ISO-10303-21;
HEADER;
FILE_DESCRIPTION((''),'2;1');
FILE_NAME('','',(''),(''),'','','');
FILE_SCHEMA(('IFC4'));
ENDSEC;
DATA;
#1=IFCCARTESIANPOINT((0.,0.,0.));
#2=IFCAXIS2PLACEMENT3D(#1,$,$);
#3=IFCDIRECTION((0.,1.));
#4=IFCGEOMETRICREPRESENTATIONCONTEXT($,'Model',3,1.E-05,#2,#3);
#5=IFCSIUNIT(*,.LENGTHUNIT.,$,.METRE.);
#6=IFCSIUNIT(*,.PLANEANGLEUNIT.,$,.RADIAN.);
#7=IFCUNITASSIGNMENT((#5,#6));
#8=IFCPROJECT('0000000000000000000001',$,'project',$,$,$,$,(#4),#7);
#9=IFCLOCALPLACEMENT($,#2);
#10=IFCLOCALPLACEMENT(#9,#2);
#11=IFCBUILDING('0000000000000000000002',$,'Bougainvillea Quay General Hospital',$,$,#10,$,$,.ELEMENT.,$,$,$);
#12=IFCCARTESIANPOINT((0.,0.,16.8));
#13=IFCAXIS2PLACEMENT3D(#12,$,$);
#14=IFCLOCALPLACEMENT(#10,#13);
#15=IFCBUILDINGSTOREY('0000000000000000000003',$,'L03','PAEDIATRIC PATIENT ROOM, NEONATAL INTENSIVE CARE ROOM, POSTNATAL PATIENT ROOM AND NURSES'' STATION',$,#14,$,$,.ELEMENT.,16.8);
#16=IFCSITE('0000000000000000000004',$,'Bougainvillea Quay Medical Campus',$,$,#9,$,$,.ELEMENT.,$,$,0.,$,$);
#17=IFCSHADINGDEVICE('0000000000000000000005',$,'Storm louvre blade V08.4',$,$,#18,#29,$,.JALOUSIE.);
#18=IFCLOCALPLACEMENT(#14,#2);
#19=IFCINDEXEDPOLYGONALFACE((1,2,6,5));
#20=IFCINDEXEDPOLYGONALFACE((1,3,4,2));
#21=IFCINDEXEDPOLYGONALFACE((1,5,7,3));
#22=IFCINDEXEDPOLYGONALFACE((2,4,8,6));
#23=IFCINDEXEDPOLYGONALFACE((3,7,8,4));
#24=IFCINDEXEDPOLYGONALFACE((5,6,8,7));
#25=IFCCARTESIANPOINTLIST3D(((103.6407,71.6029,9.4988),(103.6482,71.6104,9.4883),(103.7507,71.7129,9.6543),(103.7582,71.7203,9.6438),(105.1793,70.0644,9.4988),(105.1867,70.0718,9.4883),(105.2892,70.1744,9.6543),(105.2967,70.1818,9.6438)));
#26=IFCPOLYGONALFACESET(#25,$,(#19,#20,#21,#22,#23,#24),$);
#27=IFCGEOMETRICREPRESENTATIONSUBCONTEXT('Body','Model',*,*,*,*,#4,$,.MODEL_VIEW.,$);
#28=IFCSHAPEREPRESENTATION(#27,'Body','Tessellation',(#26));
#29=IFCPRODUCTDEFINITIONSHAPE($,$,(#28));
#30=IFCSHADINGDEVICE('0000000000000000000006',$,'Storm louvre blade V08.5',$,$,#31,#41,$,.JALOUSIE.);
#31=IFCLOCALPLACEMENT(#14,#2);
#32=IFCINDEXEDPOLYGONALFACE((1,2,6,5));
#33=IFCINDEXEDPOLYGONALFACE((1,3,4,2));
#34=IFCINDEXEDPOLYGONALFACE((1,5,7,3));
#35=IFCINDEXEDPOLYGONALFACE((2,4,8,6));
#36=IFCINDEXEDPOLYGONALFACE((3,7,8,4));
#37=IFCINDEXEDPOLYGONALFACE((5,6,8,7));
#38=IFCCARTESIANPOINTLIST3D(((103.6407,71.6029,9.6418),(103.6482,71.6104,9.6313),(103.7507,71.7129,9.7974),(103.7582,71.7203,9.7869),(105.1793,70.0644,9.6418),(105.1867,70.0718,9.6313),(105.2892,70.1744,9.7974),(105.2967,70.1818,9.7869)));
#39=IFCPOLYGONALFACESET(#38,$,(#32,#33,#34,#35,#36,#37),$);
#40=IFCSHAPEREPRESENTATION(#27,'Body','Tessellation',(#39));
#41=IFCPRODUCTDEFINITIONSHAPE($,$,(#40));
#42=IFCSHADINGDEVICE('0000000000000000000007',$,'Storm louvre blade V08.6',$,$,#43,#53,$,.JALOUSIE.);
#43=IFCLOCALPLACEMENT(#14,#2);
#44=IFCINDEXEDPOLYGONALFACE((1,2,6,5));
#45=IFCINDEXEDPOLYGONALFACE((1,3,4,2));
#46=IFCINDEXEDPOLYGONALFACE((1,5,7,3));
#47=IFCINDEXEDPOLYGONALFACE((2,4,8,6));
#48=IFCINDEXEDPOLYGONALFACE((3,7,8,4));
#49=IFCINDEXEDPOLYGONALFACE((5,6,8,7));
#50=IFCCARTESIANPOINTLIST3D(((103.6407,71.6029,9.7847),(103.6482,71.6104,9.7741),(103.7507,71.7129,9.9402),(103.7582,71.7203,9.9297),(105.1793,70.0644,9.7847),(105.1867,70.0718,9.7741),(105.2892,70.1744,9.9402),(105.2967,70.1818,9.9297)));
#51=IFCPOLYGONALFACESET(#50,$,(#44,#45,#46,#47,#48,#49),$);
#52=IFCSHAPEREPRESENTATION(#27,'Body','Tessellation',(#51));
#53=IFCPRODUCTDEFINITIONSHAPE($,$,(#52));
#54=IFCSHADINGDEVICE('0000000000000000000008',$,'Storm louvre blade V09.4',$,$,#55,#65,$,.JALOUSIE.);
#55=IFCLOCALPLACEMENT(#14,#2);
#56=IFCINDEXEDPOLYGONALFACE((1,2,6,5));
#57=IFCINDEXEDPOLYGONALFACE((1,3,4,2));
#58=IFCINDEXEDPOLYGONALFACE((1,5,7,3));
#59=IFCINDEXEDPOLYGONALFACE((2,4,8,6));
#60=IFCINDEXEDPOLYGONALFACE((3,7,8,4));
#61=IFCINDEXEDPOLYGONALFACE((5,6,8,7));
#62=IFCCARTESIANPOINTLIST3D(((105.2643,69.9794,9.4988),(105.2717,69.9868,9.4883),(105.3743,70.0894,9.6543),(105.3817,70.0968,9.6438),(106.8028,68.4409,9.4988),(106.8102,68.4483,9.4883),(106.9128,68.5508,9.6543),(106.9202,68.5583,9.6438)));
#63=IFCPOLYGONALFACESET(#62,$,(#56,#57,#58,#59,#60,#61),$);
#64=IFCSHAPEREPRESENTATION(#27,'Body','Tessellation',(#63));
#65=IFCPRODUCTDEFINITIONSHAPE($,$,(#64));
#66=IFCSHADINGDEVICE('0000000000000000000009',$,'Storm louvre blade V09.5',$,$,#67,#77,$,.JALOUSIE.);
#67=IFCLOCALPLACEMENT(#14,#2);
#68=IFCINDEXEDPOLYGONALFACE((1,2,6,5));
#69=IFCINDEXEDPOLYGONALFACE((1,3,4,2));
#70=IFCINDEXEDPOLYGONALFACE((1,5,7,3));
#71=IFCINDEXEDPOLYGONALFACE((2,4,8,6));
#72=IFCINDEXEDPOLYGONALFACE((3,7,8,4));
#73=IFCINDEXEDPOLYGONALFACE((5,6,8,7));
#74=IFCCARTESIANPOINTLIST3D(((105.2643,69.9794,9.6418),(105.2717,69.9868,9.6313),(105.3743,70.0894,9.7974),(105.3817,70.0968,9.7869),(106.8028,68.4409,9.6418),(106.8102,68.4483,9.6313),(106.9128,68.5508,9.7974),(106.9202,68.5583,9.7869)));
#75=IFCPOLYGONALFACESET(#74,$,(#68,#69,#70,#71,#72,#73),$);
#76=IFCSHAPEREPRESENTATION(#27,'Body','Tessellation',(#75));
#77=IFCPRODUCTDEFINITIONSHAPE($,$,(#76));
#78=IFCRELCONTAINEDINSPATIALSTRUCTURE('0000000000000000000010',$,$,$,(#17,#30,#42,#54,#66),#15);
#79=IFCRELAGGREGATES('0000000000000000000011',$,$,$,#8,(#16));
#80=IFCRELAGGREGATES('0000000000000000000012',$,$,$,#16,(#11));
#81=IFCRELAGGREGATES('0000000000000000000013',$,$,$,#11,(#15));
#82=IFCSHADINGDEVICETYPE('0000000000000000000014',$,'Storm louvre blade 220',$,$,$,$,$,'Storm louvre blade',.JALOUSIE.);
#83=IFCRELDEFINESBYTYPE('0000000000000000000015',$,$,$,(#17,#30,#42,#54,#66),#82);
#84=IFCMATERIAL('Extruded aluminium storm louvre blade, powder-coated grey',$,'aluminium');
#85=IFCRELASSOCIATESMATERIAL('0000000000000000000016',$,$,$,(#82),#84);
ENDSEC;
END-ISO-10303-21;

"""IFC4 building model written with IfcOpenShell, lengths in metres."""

from ifc_helpers import new_model, si_unit, direction, frame, origin, origin_2d, place, context, subcontext, project, spatial, rectangle, extrude, material, material_profile, profile_set, type_object, element, save


model = new_model("IFC4")

# Units and contexts
model_context = context("Model", 3, precision=1e-05, world=origin(), true_north=direction((0.0, 1.0)))
body_context = subcontext(model_context, "Body", "Model", "MODEL_VIEW")
ifc_project = project(units=[si_unit("LENGTHUNIT", "METRE"), si_unit("PLANEANGLEUNIT", "RADIAN")], contexts=[model_context])

# Site, building, storey
site_placement = place(None, origin())
site = spatial("IfcSite", under=ifc_project, at=site_placement, Name="Bougainvillea Quay Medical Campus", CompositionType="ELEMENT", RefElevation=0.0)
building_placement = place(site_placement, origin())
building = spatial("IfcBuilding", under=site, at=building_placement, Name="Bougainvillea Quay General Hospital", CompositionType="ELEMENT")
storey_placement = place(building_placement, frame((0.0, 0.0, 16.8)))
storey = spatial("IfcBuildingStorey", under=building, at=storey_placement, Name="L03", Description="PAEDIATRIC PATIENT ROOM, NEONATAL INTENSIVE CARE ROOM, POSTNATAL PATIENT ROOM AND NURSES' STATION", CompositionType="ELEMENT", Elevation=16.8)

# Shading devices
ifc_material_1 = material(Name="Extruded aluminium storm louvre blade, powder-coated grey", Category="aluminium")
ifc_material_profile_1 = material_profile(ifc_material_1, rectangle(XDim=0.22, YDim=0.0149, at=origin_2d()))
ifc_profile_set_1 = profile_set([ifc_material_profile_1], Name="Extruded aluminium storm louvre blade, powder-coated grey")
shading_device_type_1 = type_object("IfcShadingDeviceType", Name="Storm louvre blade 220", ElementType="Storm louvre blade", PredefinedType="JALOUSIE", material=ifc_profile_set_1)
for number, where, z_axis, x_axis, name in (
    (1, (103.6995, 71.6616, 9.5713), (0.707107, -0.707107, 0.0), (0.5, 0.5, 0.707107), "Storm louvre blade V08.4"),
    (2, (103.6995, 71.6616, 9.7144), (0.707107, -0.707107, 0.0), (0.5, 0.5, 0.707107), "Storm louvre blade V08.5"),
    (3, (103.6995, 71.6616, 9.8572), (0.707107, -0.707107, 0.0), (0.5, 0.5, 0.707107), "Storm louvre blade V08.6"),
    (4, (105.323, 70.0381, 9.5713), (0.707107, -0.707107, 0.0), (0.5, 0.5, 0.707107), "Storm louvre blade V09.4"),
    (5, (105.323, 70.0381, 9.7144), (0.707107, -0.707107, 0.0), (0.5, 0.5, 0.707107), "Storm louvre blade V09.5"),
):
    element("IfcShadingDevice", number, at=place(storey_placement, frame(where, z_axis=z_axis, x_axis=x_axis)), inside=storey, type_object=shading_device_type_1, Name=name, PredefinedType="JALOUSIE", context=body_context, shape_type="SweptSolid", body=[
        extrude(rectangle(XDim=0.22, YDim=0.0149, at=origin_2d()), origin(), (0.0, 0.0, 1.0), 2.1758),
    ])

save(model, "model.ifc")
